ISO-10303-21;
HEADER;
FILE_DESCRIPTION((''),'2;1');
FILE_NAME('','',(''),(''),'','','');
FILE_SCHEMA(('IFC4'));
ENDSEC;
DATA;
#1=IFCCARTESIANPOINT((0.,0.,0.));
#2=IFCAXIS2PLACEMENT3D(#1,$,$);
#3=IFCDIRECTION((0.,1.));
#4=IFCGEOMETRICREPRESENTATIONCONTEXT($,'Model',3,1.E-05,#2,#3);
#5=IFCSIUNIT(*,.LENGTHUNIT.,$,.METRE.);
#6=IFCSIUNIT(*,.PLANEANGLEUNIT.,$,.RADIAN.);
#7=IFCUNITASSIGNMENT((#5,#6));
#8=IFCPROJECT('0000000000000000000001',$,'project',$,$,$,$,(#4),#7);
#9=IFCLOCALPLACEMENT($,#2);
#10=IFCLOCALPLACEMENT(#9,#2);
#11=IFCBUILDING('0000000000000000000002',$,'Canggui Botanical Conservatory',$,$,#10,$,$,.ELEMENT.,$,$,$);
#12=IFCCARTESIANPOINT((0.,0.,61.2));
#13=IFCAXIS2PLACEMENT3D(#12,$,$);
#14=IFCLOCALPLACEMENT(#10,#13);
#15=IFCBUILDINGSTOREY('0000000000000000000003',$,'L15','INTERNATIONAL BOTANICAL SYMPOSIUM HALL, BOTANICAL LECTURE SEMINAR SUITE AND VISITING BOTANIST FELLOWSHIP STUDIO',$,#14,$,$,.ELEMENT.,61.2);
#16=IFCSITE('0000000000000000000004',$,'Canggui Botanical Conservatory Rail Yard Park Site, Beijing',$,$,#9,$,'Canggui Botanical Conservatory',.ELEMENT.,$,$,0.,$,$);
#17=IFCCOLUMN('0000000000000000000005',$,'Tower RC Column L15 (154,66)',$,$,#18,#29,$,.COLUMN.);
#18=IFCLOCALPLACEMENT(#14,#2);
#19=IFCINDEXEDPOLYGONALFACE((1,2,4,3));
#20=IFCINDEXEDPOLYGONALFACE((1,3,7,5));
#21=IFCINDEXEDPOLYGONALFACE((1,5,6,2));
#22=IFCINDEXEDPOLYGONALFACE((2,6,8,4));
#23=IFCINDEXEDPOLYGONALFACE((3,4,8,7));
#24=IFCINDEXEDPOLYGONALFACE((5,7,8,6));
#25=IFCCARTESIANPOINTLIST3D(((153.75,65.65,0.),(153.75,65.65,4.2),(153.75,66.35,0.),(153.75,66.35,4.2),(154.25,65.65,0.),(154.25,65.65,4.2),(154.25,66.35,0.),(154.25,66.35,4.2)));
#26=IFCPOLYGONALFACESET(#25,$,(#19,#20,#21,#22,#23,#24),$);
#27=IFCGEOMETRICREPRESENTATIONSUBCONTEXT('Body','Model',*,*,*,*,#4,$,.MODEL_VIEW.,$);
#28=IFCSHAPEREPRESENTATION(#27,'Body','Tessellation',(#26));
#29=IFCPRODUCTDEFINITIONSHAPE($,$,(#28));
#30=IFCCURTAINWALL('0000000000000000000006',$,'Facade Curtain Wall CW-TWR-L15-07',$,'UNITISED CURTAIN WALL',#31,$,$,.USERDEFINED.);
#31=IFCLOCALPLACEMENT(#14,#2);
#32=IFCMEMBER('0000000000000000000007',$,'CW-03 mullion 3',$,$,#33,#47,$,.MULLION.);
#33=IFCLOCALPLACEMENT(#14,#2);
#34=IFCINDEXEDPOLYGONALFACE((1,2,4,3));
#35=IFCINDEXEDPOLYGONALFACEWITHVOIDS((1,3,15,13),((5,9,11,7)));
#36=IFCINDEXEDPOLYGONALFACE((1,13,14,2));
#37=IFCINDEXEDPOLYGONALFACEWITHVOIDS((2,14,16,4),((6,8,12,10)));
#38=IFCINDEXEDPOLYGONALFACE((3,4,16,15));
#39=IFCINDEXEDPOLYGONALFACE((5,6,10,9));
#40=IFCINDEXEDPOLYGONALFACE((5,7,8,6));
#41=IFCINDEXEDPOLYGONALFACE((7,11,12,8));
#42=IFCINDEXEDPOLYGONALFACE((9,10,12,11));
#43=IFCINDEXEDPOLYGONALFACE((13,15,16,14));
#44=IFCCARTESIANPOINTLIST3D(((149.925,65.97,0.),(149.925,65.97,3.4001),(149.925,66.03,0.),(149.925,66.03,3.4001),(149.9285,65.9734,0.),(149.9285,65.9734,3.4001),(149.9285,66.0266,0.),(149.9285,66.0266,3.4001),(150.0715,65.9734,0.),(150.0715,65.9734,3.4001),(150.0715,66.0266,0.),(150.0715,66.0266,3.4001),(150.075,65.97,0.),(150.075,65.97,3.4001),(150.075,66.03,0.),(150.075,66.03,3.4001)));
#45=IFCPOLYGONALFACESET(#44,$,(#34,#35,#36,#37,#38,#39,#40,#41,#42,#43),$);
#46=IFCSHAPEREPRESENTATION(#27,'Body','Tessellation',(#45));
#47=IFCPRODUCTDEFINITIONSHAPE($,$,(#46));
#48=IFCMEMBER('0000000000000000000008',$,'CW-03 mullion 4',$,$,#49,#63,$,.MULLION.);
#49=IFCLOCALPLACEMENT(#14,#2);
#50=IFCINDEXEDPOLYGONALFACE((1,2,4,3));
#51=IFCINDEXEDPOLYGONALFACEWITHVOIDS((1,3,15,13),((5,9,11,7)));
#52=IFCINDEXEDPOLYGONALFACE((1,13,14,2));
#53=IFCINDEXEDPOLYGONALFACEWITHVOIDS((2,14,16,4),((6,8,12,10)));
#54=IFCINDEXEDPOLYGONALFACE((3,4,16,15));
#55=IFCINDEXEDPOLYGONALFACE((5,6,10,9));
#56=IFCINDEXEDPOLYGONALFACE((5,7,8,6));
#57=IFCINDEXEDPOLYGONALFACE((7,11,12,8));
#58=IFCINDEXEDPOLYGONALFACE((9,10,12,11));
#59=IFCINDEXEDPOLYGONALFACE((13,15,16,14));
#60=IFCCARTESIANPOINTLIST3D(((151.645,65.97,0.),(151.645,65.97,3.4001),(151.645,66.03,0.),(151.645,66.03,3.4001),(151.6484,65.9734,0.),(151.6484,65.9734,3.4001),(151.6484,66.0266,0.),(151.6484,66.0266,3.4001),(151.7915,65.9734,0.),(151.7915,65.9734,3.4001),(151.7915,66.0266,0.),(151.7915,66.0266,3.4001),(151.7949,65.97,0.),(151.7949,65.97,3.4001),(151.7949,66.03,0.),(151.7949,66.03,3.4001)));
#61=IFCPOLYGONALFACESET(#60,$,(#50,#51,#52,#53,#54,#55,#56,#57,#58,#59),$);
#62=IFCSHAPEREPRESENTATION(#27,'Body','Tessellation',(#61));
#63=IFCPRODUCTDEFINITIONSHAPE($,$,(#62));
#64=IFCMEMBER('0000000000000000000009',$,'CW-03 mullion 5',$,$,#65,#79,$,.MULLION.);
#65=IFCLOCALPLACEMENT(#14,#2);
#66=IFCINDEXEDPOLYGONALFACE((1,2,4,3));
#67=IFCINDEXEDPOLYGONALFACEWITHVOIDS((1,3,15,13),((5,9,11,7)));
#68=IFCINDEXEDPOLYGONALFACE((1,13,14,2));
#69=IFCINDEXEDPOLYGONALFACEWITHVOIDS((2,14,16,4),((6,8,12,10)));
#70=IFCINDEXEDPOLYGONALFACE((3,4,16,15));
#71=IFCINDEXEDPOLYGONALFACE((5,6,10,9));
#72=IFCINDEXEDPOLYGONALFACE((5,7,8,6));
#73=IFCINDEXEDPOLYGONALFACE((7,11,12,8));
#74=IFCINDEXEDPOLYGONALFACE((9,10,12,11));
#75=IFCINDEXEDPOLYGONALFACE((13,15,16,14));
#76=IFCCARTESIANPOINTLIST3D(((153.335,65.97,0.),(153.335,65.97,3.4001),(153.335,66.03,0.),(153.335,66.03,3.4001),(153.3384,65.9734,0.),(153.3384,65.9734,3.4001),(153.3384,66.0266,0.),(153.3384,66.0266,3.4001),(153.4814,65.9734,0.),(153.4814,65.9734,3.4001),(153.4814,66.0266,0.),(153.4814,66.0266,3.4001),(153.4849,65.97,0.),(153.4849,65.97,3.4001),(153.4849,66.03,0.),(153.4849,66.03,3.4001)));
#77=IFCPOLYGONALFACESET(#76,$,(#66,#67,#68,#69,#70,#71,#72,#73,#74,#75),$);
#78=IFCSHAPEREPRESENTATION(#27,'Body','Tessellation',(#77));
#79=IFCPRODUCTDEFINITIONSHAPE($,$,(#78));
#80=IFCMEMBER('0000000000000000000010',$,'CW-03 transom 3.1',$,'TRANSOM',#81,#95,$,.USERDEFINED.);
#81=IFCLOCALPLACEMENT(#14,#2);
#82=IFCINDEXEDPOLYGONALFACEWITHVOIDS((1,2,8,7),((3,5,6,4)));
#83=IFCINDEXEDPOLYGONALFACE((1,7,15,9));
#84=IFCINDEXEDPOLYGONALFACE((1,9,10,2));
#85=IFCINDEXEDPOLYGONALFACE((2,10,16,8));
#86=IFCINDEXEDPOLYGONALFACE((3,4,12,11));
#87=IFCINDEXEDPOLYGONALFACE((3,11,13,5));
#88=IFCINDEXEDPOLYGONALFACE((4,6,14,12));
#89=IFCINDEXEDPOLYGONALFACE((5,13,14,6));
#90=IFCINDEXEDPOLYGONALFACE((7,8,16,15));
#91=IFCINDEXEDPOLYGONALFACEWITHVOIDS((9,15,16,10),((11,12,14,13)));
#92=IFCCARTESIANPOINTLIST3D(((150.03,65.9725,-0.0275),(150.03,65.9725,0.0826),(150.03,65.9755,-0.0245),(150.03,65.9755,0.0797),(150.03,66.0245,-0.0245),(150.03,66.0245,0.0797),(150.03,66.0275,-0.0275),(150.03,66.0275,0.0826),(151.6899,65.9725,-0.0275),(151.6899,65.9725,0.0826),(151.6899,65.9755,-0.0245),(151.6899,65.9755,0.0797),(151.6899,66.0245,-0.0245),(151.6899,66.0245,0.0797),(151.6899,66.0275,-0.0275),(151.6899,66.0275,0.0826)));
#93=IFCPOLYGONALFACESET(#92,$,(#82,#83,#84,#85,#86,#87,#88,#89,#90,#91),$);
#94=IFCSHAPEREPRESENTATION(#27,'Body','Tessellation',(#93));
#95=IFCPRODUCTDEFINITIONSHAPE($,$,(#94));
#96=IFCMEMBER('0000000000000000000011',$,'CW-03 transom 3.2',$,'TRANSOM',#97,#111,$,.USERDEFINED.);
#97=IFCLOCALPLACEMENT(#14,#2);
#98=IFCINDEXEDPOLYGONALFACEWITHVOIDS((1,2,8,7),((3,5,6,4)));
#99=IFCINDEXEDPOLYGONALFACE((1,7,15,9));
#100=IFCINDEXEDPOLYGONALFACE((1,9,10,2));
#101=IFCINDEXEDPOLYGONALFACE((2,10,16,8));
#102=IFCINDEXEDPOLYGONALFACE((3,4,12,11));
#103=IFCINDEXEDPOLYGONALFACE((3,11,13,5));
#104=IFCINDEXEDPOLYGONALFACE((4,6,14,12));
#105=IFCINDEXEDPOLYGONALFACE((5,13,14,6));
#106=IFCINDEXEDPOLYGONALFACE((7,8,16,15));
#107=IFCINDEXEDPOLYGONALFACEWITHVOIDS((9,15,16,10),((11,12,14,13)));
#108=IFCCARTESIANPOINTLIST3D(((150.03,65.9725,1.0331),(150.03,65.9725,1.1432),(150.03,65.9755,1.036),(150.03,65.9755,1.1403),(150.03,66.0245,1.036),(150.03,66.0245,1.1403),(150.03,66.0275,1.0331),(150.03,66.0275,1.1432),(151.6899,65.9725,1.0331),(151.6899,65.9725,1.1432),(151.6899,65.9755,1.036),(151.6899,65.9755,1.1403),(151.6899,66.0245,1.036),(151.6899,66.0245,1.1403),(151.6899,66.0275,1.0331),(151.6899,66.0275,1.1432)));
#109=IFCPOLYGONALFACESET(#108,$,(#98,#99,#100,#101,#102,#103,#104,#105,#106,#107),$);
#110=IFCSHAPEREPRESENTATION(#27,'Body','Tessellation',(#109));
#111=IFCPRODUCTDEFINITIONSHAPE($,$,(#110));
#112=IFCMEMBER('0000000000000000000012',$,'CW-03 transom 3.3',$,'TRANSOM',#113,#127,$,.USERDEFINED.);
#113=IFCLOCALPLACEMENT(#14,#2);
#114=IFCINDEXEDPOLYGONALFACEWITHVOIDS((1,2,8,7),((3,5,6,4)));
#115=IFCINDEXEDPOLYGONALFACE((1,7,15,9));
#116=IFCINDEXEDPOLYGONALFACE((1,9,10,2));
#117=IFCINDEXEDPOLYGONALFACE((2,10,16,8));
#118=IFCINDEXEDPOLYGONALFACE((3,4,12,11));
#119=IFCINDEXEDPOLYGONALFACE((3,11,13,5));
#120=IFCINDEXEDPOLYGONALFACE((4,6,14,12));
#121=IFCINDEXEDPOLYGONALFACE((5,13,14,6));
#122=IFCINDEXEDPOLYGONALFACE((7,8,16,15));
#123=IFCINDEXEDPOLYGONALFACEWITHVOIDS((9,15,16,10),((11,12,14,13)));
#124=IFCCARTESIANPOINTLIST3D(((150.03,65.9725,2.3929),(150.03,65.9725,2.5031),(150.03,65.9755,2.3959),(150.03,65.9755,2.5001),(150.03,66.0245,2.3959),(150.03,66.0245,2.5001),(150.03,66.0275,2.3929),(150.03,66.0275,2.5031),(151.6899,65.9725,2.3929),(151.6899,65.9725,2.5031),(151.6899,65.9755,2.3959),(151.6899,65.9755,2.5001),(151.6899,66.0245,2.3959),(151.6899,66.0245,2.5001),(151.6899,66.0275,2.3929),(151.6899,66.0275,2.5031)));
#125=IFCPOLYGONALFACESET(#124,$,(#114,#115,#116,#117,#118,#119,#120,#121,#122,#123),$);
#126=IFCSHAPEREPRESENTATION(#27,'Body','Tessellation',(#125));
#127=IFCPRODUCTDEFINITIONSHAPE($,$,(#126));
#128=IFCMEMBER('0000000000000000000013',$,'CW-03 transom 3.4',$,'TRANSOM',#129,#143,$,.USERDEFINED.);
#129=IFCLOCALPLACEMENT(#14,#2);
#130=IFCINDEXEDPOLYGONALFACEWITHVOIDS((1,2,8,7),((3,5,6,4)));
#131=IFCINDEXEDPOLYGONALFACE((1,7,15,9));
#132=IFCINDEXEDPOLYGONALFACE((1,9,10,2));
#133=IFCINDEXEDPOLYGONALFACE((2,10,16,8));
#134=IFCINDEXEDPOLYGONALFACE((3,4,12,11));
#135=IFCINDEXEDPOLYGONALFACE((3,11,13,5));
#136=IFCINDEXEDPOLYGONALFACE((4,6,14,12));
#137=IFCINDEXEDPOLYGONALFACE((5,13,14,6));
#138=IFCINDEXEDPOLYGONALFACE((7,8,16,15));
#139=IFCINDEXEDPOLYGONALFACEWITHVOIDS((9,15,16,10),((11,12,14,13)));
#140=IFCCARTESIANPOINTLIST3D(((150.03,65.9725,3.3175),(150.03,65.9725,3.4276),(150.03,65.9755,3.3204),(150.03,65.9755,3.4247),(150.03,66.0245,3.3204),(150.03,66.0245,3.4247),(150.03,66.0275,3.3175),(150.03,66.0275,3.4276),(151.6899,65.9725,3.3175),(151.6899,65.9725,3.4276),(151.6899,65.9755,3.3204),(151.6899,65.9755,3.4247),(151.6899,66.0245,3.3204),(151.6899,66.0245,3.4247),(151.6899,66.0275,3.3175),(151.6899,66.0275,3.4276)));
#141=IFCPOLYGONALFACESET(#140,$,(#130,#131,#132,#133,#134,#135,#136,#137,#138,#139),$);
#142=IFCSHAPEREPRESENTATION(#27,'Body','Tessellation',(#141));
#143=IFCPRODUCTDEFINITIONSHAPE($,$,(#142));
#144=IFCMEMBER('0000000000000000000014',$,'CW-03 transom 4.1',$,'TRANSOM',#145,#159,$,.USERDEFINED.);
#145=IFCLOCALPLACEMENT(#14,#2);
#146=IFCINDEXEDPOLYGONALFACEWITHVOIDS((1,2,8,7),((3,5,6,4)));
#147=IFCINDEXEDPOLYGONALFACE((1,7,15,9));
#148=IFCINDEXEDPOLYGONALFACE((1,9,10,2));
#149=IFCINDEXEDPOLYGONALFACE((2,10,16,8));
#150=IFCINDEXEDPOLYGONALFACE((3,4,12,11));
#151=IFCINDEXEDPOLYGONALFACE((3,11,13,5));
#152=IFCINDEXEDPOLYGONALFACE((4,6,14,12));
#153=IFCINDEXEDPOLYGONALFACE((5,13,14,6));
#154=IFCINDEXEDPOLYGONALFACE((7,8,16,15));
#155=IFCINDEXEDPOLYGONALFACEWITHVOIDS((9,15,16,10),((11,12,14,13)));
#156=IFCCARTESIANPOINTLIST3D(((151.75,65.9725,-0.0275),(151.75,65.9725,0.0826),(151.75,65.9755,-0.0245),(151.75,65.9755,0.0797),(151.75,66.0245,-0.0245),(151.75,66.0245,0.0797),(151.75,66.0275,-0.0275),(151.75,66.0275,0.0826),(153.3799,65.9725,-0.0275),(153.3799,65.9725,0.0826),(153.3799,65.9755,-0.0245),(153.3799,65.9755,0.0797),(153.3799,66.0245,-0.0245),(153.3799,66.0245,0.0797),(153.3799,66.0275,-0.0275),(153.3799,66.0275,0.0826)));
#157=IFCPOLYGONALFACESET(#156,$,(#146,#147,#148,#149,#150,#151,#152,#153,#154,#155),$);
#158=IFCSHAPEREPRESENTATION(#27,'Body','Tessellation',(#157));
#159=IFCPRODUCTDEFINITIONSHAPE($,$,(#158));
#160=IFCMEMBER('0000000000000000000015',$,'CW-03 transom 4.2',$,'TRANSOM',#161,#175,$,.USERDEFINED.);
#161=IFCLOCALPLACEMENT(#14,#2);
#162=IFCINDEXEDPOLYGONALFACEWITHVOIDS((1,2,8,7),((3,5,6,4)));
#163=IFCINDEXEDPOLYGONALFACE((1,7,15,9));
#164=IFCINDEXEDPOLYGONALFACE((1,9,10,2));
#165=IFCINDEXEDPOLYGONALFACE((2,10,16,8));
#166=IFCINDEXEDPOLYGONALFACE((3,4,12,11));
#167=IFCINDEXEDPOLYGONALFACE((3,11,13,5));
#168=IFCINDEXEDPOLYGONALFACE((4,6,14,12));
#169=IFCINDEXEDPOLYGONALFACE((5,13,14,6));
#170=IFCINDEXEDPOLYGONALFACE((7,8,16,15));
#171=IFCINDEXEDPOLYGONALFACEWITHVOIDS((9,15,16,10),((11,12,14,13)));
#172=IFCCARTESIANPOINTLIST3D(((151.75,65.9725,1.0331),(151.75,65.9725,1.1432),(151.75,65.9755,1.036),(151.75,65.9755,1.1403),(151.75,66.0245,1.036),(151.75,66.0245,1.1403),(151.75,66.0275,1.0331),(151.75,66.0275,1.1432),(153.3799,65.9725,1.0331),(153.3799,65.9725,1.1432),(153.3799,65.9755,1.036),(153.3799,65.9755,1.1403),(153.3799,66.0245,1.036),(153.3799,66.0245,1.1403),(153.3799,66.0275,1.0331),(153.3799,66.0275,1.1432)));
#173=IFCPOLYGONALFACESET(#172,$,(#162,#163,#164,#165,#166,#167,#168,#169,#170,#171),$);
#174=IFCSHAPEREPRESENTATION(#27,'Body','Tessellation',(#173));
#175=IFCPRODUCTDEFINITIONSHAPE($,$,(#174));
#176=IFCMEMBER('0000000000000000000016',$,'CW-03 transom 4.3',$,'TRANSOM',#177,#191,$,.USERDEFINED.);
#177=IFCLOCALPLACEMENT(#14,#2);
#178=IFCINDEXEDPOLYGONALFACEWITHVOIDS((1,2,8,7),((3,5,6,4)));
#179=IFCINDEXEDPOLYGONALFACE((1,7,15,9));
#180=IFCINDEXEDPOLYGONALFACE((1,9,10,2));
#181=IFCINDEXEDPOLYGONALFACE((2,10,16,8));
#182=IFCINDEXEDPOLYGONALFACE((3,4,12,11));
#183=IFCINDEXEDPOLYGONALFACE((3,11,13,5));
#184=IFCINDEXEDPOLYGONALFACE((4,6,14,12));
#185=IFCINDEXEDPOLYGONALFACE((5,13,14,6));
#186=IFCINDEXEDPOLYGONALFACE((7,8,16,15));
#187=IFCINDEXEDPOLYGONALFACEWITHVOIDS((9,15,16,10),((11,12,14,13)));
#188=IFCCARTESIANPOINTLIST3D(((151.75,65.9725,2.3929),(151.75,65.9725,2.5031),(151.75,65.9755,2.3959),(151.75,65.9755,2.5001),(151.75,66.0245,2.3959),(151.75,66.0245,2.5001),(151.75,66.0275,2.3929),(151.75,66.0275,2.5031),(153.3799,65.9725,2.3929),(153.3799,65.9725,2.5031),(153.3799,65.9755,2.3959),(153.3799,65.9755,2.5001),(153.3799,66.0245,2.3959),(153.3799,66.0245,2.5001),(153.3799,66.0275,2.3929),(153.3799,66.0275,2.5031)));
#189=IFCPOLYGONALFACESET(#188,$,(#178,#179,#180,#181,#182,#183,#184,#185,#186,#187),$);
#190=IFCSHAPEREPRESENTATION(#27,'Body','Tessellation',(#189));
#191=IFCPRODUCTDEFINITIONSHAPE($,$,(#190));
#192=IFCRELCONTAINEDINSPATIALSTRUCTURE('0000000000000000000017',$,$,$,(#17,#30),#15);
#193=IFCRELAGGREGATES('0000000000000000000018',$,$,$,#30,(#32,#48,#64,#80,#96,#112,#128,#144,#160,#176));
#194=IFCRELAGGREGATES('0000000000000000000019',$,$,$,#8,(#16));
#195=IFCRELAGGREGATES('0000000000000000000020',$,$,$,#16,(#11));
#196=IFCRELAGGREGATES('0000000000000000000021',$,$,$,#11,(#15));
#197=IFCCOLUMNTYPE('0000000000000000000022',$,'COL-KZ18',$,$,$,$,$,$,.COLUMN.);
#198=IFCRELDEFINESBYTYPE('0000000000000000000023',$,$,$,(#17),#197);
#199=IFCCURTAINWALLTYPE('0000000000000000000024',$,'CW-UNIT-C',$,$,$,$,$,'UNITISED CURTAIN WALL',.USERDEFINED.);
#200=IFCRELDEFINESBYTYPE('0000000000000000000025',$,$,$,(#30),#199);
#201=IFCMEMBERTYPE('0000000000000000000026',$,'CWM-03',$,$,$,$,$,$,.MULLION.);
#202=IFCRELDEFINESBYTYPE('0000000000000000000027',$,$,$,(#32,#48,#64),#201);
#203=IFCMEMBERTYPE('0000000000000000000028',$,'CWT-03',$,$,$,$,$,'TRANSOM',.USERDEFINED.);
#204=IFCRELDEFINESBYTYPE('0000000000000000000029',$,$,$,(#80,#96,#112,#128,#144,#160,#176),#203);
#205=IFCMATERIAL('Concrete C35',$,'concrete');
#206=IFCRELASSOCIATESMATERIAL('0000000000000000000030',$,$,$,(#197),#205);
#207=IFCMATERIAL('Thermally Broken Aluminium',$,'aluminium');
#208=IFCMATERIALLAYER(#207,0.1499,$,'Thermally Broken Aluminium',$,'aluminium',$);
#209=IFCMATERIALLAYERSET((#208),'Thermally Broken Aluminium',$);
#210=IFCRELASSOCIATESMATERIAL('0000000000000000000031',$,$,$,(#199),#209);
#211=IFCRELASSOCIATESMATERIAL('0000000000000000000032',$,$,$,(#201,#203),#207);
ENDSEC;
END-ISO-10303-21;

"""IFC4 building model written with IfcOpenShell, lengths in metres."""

from ifc_helpers import new_model, si_unit, direction, frame, origin, origin_2d, place, context, subcontext, project, spatial, rectangle, hollow_rectangle, extrude, material, layer, layer_set, material_profile, profile_set, type_object, element, aggregate, save


model = new_model("IFC4")

# Units and contexts
model_context = context("Model", 3, precision=1e-05, world=origin(), true_north=direction((0.0, 1.0)))
body_context = subcontext(model_context, "Body", "Model", "MODEL_VIEW")
ifc_project = project(units=[si_unit("LENGTHUNIT", "METRE"), si_unit("PLANEANGLEUNIT", "RADIAN")], contexts=[model_context])

# Site, building, storey
site_placement = place(None, origin())
site = spatial("IfcSite", under=ifc_project, at=site_placement, Name="Canggui Botanical Conservatory Rail Yard Park Site, Beijing", LongName="Canggui Botanical Conservatory", CompositionType="ELEMENT", RefElevation=0.0)
building_placement = place(site_placement, origin())
building = spatial("IfcBuilding", under=site, at=building_placement, Name="Canggui Botanical Conservatory", CompositionType="ELEMENT")
storey_placement = place(building_placement, frame((0.0, 0.0, 61.2)))
storey = spatial("IfcBuildingStorey", under=building, at=storey_placement, Name="L15", Description="INTERNATIONAL BOTANICAL SYMPOSIUM HALL, BOTANICAL LECTURE SEMINAR SUITE AND VISITING BOTANIST FELLOWSHIP STUDIO", CompositionType="ELEMENT", Elevation=61.2)

# Column
ifc_material_1 = material(Name="Concrete C35", Category="concrete")
ifc_material_profile_1 = material_profile(ifc_material_1, rectangle(XDim=0.5, YDim=0.7, at=origin_2d()), Name="RC 500x700")
ifc_profile_set_1 = profile_set([ifc_material_profile_1], Name="Concrete C35")
column_type = type_object("IfcColumnType", Name="COL-KZ18", PredefinedType="COLUMN", material=ifc_profile_set_1)
column_placement = place(storey_placement, frame((154.0, 66.0, 0.0), z_axis=(0.0, 0.0, 1.0), x_axis=(1.0, 0.0, 0.0)))
element("IfcColumn", 1, at=column_placement, inside=storey, type_object=column_type, Name="Tower RC Column L15 (154,66)", PredefinedType="COLUMN", context=body_context, shape_type="SweptSolid", body=[
    extrude(rectangle(XDim=0.5, YDim=0.7, at=origin_2d()), origin(), (0.0, 0.0, 1.0), 4.2),
])

# Curtain wall, members
ifc_material_2 = material(Name="Thermally Broken Aluminium", Category="aluminium")
ifc_layer_1 = layer(ifc_material_2, 0.1499, Name="Thermally Broken Aluminium", Category="aluminium")
ifc_layer_set_1 = layer_set([ifc_layer_1], Name="Thermally Broken Aluminium")
curtain_wall_type = type_object("IfcCurtainWallType", Name="CW-UNIT-C", ElementType="UNITISED CURTAIN WALL", PredefinedType="USERDEFINED", material=ifc_layer_set_1)
curtain_wall_placement = place(storey_placement, origin())
curtain_wall = element("IfcCurtainWall", 2, at=curtain_wall_placement, inside=storey, type_object=curtain_wall_type, Name="Facade Curtain Wall CW-TWR-L15-07", ObjectType="UNITISED CURTAIN WALL", PredefinedType="USERDEFINED")
ifc_material_profile_2 = material_profile(ifc_material_2, hollow_rectangle(XDim=0.0601, YDim=0.1499, WallThickness=0.0034, at=origin_2d()), Name="CWM 60x150x3.5")
ifc_profile_set_2 = profile_set([ifc_material_profile_2], Name="Thermally Broken Aluminium")
member_type_1 = type_object("IfcMemberType", Name="CWM-03", PredefinedType="MULLION", material=ifc_profile_set_2)
member_1_placement = place(storey_placement, frame((150.0, 66.0, 0.0), z_axis=(0.0, 0.0, 1.0), x_axis=(0.0, 1.0, 0.0)))
member_1 = element("IfcMember", 3, at=member_1_placement, type_object=member_type_1, Name="CW-03 mullion 3", PredefinedType="MULLION", context=body_context, shape_type="SweptSolid", body=[
    extrude(hollow_rectangle(XDim=0.0601, YDim=0.1499, WallThickness=0.0034, at=origin_2d()), origin(), (0.0, 0.0, 1.0), 3.4001),
])
member_2_placement = place(storey_placement, frame((151.72, 66.0, 0.0), z_axis=(0.0, 0.0, 1.0), x_axis=(0.0, 1.0, 0.0)))
member_2 = element("IfcMember", 4, at=member_2_placement, type_object=member_type_1, Name="CW-03 mullion 4", PredefinedType="MULLION", context=body_context, shape_type="SweptSolid", body=[
    extrude(hollow_rectangle(XDim=0.0601, YDim=0.1499, WallThickness=0.0034, at=origin_2d()), origin(), (0.0, 0.0, 1.0), 3.4001),
])
member_3_placement = place(storey_placement, frame((153.4099, 66.0, 0.0), z_axis=(0.0, 0.0, 1.0), x_axis=(0.0, 1.0, 0.0)))
member_3 = element("IfcMember", 5, at=member_3_placement, type_object=member_type_1, Name="CW-03 mullion 5", PredefinedType="MULLION", context=body_context, shape_type="SweptSolid", body=[
    extrude(hollow_rectangle(XDim=0.0601, YDim=0.1499, WallThickness=0.0034, at=origin_2d()), origin(), (0.0, 0.0, 1.0), 3.4001),
])
ifc_material_profile_3 = material_profile(ifc_material_2, hollow_rectangle(XDim=0.0549, YDim=0.1101, WallThickness=0.0029, at=origin_2d()), Name="CWT 55x110x3")
ifc_profile_set_3 = profile_set([ifc_material_profile_3], Name="Thermally Broken Aluminium")
member_type_2 = type_object("IfcMemberType", Name="CWT-03", ElementType="TRANSOM", PredefinedType="USERDEFINED", material=ifc_profile_set_3)
member_4_placement = place(storey_placement, frame((150.03, 66.0, 0.0276), z_axis=(1.0, 0.0, 0.0), x_axis=(0.0, 1.0, 0.0)))
member_4 = element("IfcMember", 6, at=member_4_placement, type_object=member_type_2, Name="CW-03 transom 3.1", ObjectType="TRANSOM", PredefinedType="USERDEFINED", context=body_context, shape_type="SweptSolid", body=[
    extrude(hollow_rectangle(XDim=0.0549, YDim=0.1101, WallThickness=0.0029, at=origin_2d()), origin(), (0.0, 0.0, 1.0), 1.6599),
])
member_5_placement = place(storey_placement, frame((150.03, 66.0, 1.0881), z_axis=(1.0, 0.0, 0.0), x_axis=(0.0, 1.0, 0.0)))
member_5 = element("IfcMember", 7, at=member_5_placement, type_object=member_type_2, Name="CW-03 transom 3.2", ObjectType="TRANSOM", PredefinedType="USERDEFINED", context=body_context, shape_type="SweptSolid", body=[
    extrude(hollow_rectangle(XDim=0.0549, YDim=0.1101, WallThickness=0.0029, at=origin_2d()), origin(), (0.0, 0.0, 1.0), 1.6599),
])
member_6_placement = place(storey_placement, frame((150.03, 66.0, 2.448), z_axis=(1.0, 0.0, 0.0), x_axis=(0.0, 1.0, 0.0)))
member_6 = element("IfcMember", 8, at=member_6_placement, type_object=member_type_2, Name="CW-03 transom 3.3", ObjectType="TRANSOM", PredefinedType="USERDEFINED", context=body_context, shape_type="SweptSolid", body=[
    extrude(hollow_rectangle(XDim=0.0549, YDim=0.1101, WallThickness=0.0029, at=origin_2d()), origin(), (0.0, 0.0, 1.0), 1.6599),
])
member_7_placement = place(storey_placement, frame((150.03, 66.0, 3.3726), z_axis=(1.0, 0.0, 0.0), x_axis=(0.0, 1.0, 0.0)))
member_7 = element("IfcMember", 9, at=member_7_placement, type_object=member_type_2, Name="CW-03 transom 3.4", ObjectType="TRANSOM", PredefinedType="USERDEFINED", context=body_context, shape_type="SweptSolid", body=[
    extrude(hollow_rectangle(XDim=0.0549, YDim=0.1101, WallThickness=0.0029, at=origin_2d()), origin(), (0.0, 0.0, 1.0), 1.6599),
])
member_8_placement = place(storey_placement, frame((151.75, 66.0, 0.0276), z_axis=(1.0, 0.0, 0.0), x_axis=(0.0, 1.0, 0.0)))
member_8 = element("IfcMember", 10, at=member_8_placement, type_object=member_type_2, Name="CW-03 transom 4.1", ObjectType="TRANSOM", PredefinedType="USERDEFINED", context=body_context, shape_type="SweptSolid", body=[
    extrude(hollow_rectangle(XDim=0.0549, YDim=0.1101, WallThickness=0.0029, at=origin_2d()), origin(), (0.0, 0.0, 1.0), 1.6299),
])
member_9_placement = place(storey_placement, frame((151.75, 66.0, 1.0881), z_axis=(1.0, 0.0, 0.0), x_axis=(0.0, 1.0, 0.0)))
member_9 = element("IfcMember", 11, at=member_9_placement, type_object=member_type_2, Name="CW-03 transom 4.2", ObjectType="TRANSOM", PredefinedType="USERDEFINED", context=body_context, shape_type="SweptSolid", body=[
    extrude(hollow_rectangle(XDim=0.0549, YDim=0.1101, WallThickness=0.0029, at=origin_2d()), origin(), (0.0, 0.0, 1.0), 1.6299),
])
member_10_placement = place(storey_placement, frame((151.75, 66.0, 2.448), z_axis=(1.0, 0.0, 0.0), x_axis=(0.0, 1.0, 0.0)))
member_10 = element("IfcMember", 12, at=member_10_placement, type_object=member_type_2, Name="CW-03 transom 4.3", ObjectType="TRANSOM", PredefinedType="USERDEFINED", context=body_context, shape_type="SweptSolid", body=[
    extrude(hollow_rectangle(XDim=0.0549, YDim=0.1101, WallThickness=0.0029, at=origin_2d()), origin(), (0.0, 0.0, 1.0), 1.6299),
])
aggregate(curtain_wall, [member_1, member_2, member_3, member_4, member_5, member_6, member_7, member_8, member_9, member_10])

save(model, "model.ifc")
